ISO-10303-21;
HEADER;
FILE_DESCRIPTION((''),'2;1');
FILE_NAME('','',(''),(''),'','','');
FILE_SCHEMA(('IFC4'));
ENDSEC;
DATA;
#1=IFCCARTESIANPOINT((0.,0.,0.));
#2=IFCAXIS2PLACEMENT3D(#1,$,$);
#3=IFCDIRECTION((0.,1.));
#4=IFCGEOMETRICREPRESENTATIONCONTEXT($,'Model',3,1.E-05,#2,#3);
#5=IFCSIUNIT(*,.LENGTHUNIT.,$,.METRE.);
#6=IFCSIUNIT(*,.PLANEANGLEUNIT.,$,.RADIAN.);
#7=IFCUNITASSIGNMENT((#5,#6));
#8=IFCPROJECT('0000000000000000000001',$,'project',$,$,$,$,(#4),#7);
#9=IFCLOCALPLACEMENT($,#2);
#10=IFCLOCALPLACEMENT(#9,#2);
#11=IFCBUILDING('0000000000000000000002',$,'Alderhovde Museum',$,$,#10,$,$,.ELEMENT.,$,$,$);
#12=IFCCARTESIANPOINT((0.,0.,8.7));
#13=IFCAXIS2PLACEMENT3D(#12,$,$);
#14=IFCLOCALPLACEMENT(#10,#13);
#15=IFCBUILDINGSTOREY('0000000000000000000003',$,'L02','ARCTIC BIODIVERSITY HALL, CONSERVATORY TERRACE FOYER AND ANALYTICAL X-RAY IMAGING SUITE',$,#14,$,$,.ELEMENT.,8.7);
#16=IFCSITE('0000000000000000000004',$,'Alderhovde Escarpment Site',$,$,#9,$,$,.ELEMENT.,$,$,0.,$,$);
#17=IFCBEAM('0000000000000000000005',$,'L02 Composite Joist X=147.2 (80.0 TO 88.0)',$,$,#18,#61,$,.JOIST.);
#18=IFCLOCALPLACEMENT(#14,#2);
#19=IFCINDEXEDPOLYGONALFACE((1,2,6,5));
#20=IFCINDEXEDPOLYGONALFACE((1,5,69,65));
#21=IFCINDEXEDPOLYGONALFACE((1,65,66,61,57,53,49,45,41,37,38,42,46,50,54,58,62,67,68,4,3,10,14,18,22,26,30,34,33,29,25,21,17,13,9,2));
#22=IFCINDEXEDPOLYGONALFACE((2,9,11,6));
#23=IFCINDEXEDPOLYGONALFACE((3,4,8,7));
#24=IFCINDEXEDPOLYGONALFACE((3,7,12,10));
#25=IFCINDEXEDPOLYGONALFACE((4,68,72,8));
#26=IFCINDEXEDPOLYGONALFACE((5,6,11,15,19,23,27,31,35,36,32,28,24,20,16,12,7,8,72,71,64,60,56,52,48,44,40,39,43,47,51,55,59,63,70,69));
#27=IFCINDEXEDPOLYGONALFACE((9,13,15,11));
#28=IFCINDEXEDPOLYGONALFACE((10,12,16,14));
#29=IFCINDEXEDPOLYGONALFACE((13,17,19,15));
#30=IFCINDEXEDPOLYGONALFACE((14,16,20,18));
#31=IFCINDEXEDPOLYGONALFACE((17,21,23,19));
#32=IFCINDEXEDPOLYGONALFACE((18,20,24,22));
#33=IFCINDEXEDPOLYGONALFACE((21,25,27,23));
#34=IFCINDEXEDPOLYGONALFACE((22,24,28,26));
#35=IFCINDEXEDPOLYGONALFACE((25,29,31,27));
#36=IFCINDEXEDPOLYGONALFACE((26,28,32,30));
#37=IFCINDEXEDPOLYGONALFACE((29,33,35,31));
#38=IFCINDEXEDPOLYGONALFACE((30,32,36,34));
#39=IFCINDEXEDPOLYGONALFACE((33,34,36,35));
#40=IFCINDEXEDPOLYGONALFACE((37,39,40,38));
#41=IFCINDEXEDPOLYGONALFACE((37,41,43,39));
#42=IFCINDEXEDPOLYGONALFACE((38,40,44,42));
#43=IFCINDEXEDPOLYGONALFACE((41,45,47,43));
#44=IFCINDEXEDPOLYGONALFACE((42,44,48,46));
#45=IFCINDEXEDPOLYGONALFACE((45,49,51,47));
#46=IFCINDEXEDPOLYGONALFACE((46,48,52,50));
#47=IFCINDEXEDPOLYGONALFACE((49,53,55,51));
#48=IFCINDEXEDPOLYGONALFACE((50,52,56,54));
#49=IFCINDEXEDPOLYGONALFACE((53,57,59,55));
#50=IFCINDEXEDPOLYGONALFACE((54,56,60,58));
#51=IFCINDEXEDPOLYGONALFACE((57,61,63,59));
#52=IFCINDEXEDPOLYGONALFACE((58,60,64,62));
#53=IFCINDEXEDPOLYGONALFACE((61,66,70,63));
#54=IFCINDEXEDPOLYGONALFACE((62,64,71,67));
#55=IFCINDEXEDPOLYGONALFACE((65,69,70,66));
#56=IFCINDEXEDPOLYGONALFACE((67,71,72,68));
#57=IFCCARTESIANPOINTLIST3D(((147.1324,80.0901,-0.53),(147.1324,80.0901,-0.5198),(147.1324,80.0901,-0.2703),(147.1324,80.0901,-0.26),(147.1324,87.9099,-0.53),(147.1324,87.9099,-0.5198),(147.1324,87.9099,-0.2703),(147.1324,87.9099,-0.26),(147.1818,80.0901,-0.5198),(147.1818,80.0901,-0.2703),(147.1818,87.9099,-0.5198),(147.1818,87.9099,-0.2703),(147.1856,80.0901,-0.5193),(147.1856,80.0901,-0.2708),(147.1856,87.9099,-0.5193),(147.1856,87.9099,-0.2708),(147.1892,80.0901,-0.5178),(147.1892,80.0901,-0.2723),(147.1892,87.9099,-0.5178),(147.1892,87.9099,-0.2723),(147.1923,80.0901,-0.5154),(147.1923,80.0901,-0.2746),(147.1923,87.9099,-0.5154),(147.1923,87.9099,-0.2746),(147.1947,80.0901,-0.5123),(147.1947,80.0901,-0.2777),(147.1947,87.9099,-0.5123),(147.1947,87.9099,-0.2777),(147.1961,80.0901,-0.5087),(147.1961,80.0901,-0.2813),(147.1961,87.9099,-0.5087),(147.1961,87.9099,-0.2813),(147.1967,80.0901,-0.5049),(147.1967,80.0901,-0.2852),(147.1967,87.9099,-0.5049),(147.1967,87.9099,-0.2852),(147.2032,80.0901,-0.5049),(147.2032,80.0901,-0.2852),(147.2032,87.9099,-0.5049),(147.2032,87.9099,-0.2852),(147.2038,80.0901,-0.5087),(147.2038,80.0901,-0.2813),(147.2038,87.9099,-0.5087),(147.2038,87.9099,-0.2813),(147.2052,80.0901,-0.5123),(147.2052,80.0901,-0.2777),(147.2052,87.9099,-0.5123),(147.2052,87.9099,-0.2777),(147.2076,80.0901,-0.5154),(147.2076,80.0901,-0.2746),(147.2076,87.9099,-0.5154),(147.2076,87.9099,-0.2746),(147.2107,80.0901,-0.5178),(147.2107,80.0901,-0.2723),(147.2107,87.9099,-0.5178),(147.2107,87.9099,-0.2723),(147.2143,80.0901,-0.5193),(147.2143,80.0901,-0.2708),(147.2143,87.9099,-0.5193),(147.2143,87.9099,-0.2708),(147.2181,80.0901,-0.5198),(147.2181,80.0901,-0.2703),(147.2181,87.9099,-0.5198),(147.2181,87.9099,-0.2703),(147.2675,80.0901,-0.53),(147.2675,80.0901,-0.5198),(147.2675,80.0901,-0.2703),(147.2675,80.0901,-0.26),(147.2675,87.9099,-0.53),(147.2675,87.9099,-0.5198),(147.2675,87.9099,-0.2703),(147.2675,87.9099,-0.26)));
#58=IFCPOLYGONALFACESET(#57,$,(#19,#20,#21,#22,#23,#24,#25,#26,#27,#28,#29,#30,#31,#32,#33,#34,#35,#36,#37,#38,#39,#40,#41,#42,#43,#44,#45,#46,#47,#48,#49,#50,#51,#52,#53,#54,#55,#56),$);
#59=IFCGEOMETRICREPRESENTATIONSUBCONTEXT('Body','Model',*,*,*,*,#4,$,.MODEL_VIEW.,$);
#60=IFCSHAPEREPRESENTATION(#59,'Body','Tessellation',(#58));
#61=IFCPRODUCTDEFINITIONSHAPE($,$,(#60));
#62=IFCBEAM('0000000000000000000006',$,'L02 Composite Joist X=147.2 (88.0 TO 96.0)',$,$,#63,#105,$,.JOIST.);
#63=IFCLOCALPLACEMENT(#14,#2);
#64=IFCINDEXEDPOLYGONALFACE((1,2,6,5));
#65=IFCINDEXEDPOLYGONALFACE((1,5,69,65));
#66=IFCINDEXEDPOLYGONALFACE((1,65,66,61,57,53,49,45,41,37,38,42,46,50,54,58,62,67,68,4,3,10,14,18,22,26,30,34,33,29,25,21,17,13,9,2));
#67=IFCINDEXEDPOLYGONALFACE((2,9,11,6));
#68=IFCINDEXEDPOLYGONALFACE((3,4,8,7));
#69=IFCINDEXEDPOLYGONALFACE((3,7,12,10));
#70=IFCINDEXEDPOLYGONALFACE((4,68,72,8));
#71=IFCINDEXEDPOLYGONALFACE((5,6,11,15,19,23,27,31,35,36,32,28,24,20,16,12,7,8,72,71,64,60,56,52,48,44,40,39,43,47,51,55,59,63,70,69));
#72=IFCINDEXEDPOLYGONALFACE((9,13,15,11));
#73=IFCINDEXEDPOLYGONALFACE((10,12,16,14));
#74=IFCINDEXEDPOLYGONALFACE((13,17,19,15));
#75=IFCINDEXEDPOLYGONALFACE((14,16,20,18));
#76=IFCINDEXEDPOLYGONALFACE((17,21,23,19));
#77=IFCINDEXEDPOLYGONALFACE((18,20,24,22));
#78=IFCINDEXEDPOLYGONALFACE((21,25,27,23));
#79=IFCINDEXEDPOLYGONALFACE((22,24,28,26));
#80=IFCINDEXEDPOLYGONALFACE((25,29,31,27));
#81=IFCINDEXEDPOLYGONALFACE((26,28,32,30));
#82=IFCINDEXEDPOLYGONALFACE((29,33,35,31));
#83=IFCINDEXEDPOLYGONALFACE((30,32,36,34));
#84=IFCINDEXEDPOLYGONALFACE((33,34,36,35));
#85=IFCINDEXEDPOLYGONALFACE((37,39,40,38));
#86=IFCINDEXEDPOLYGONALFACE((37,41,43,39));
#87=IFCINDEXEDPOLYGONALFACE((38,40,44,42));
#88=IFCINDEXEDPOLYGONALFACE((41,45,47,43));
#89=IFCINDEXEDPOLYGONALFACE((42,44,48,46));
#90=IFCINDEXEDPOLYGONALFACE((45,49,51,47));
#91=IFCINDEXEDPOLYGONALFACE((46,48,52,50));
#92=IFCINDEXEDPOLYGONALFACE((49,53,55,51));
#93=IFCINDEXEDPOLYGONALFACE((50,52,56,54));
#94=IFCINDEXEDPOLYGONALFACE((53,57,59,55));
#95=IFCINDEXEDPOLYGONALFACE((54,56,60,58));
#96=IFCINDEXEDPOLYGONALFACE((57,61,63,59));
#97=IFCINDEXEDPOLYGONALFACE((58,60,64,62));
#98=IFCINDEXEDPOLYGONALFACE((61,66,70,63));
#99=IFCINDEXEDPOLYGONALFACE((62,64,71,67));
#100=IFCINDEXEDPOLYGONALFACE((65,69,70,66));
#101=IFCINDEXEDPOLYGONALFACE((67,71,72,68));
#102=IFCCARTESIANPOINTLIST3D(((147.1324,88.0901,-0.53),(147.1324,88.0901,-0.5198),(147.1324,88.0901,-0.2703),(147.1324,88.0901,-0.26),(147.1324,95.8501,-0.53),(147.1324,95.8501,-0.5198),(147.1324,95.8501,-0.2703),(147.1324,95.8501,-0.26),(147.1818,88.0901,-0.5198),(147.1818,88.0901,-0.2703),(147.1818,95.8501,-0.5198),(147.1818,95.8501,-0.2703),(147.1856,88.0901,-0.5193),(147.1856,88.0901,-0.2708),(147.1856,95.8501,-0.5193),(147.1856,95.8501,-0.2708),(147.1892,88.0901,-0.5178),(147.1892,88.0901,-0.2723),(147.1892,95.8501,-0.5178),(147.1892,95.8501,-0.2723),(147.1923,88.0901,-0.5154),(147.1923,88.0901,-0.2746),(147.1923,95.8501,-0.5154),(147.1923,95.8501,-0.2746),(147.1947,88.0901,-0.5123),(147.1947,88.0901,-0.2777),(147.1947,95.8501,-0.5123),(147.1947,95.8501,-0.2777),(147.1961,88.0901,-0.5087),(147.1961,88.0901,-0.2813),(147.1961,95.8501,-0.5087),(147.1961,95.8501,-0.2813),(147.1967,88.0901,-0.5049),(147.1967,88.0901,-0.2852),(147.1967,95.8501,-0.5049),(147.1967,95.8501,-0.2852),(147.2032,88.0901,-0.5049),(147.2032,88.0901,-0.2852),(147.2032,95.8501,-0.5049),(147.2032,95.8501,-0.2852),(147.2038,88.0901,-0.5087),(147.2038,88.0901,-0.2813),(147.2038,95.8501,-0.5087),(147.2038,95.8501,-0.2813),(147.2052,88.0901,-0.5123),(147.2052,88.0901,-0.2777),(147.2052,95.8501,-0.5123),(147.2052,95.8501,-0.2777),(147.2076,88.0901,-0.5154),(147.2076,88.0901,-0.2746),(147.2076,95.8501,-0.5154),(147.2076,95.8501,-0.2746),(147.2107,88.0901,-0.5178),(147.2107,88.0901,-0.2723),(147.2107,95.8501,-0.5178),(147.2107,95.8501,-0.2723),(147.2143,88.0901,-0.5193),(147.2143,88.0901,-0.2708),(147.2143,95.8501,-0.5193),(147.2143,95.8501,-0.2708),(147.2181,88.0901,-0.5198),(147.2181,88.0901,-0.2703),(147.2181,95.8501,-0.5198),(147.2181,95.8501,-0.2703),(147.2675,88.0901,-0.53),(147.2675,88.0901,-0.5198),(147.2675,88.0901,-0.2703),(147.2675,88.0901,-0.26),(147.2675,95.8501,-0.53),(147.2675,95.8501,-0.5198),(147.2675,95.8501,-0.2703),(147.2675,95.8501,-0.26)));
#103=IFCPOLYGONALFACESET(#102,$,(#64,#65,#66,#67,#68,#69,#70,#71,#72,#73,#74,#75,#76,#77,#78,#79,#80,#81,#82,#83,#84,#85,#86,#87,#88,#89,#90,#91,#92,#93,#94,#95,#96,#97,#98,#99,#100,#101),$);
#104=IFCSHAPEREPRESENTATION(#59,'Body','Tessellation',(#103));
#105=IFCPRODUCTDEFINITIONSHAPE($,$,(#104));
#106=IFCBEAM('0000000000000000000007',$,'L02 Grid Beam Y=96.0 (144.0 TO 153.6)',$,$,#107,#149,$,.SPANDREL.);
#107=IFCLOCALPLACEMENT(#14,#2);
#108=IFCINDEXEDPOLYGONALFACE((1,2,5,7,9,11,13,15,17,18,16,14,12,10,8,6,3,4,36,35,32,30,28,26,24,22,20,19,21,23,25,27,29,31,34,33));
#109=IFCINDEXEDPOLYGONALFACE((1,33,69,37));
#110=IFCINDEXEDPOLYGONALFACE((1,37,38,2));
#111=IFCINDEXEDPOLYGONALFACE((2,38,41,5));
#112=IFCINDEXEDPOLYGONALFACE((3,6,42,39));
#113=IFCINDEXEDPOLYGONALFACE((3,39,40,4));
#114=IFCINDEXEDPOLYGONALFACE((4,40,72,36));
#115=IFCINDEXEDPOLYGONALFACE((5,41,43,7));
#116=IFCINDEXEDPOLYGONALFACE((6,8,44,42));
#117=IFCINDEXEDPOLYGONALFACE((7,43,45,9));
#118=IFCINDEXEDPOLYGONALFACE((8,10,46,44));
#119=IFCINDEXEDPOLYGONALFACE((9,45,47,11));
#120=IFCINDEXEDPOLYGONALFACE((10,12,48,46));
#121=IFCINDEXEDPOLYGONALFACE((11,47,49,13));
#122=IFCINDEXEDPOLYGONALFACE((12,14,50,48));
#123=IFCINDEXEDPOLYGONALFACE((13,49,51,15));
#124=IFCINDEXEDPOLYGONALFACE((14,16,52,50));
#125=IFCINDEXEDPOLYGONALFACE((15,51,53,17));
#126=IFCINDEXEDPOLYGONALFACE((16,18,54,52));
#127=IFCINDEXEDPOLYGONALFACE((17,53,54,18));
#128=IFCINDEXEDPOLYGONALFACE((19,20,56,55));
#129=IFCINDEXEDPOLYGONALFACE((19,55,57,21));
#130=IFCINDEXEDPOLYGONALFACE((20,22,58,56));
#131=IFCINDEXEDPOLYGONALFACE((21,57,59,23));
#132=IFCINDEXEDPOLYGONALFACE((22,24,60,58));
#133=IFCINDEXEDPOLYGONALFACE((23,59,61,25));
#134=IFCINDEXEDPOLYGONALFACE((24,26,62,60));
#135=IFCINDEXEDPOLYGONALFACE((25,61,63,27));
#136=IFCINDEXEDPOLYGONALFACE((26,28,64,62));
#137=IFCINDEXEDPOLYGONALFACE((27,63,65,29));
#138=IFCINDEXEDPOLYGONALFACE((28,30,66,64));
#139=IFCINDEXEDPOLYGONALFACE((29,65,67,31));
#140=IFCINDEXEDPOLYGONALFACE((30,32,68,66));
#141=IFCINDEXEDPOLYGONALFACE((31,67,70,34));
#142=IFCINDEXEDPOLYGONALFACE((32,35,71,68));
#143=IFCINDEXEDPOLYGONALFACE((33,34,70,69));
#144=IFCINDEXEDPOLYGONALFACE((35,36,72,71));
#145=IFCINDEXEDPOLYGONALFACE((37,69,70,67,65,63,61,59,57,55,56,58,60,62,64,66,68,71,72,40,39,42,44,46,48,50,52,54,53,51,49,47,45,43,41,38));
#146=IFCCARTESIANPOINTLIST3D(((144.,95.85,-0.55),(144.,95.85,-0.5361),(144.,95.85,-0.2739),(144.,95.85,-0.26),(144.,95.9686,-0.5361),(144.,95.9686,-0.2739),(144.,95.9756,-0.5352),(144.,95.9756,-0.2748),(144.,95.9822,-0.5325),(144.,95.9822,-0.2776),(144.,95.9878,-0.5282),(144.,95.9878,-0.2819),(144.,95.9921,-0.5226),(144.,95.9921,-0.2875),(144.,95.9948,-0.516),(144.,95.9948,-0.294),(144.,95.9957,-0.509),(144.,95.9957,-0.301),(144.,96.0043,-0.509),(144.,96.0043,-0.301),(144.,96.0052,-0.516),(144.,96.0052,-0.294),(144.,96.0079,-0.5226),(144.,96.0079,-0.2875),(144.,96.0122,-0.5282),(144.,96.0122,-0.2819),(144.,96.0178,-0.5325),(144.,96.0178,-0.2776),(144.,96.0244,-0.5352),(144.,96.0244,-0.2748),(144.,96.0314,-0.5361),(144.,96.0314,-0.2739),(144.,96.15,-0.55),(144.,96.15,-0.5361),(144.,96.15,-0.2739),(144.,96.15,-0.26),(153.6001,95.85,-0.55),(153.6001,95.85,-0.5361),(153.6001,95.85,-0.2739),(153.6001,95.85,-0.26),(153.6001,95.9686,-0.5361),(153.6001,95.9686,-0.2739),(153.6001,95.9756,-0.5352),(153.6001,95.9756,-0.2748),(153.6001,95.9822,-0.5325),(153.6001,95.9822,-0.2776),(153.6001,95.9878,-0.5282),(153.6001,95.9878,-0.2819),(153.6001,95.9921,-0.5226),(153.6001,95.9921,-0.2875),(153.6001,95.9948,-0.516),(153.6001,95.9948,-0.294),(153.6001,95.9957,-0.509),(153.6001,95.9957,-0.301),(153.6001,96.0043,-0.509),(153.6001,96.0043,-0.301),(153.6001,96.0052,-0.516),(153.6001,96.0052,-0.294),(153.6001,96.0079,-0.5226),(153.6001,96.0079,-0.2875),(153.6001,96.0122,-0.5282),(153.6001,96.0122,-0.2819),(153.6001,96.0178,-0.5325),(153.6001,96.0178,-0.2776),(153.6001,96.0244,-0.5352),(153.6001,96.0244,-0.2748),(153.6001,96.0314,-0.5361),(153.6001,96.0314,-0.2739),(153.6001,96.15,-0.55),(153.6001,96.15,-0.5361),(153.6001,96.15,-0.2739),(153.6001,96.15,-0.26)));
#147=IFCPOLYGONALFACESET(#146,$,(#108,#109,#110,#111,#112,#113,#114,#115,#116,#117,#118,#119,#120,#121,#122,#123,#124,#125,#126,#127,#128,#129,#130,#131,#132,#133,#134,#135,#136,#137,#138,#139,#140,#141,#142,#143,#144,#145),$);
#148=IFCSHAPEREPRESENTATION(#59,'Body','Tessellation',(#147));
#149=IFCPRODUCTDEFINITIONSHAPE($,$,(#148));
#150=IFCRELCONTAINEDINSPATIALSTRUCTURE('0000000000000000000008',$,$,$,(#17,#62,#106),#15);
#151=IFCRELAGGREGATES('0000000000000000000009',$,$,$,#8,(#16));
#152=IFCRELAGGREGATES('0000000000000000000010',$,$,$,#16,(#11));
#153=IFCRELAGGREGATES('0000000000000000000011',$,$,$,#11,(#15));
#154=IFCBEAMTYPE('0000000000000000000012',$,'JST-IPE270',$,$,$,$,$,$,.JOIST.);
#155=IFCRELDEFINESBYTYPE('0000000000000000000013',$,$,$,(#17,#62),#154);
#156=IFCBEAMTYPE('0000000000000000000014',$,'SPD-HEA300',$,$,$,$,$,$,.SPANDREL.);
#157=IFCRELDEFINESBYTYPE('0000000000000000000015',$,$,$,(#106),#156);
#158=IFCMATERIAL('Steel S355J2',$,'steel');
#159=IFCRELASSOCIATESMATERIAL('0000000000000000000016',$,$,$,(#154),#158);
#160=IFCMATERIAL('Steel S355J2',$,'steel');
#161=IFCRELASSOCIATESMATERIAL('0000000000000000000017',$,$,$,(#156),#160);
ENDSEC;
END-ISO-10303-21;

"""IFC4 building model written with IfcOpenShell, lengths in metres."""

from ifc_helpers import new_model, si_unit, direction, frame, origin, origin_2d, place, context, subcontext, project, spatial, i_section, extrude, material, material_profile, profile_set, type_object, element, save


model = new_model("IFC4")

# Units and contexts
model_context = context("Model", 3, precision=1e-05, world=origin(), true_north=direction((0.0, 1.0)))
body_context = subcontext(model_context, "Body", "Model", "MODEL_VIEW")
ifc_project = project(units=[si_unit("LENGTHUNIT", "METRE"), si_unit("PLANEANGLEUNIT", "RADIAN")], contexts=[model_context])

# Site, building, storey
site_placement = place(None, origin())
site = spatial("IfcSite", under=ifc_project, at=site_placement, Name="Alderhovde Escarpment Site", CompositionType="ELEMENT", RefElevation=0.0)
building_placement = place(site_placement, origin())
building = spatial("IfcBuilding", under=site, at=building_placement, Name="Alderhovde Museum", CompositionType="ELEMENT")
storey_placement = place(building_placement, frame((0.0, 0.0, 8.7)))
storey = spatial("IfcBuildingStorey", under=building, at=storey_placement, Name="L02", Description="ARCTIC BIODIVERSITY HALL, CONSERVATORY TERRACE FOYER AND ANALYTICAL X-RAY IMAGING SUITE", CompositionType="ELEMENT", Elevation=8.7)

# Beams
ifc_material_1 = material(Name="Steel S355J2", Category="steel")
ifc_material_profile_1 = material_profile(ifc_material_1, i_section(OverallWidth=0.135, OverallDepth=0.27, WebThickness=0.0066, FlangeThickness=0.0103, FilletRadius=0.0149, at=origin_2d()), Name="IPE 270")
ifc_profile_set_1 = profile_set([ifc_material_profile_1], Name="Steel S355J2")
beam_type_1 = type_object("IfcBeamType", Name="JST-IPE270", PredefinedType="JOIST", material=ifc_profile_set_1)
for number, where, z_axis, x_axis, name in (
    (1, (147.2, 80.0901, -0.395), (0.0, 1.0, 0.0), (-1.0, 0.0, 0.0), "L02 Composite Joist X=147.2 (80.0 TO 88.0)"),
):
    element("IfcBeam", number, at=place(storey_placement, frame(where, z_axis=z_axis, x_axis=x_axis)), inside=storey, type_object=beam_type_1, Name=name, PredefinedType="JOIST", context=body_context, shape_type="SweptSolid", body=[
        extrude(i_section(OverallWidth=0.135, OverallDepth=0.27, WebThickness=0.0066, FlangeThickness=0.0103, FilletRadius=0.0149, at=origin_2d()), origin(), (0.0, 0.0, 1.0), 7.8198),
    ])
beam_1_placement = place(storey_placement, frame((147.2, 88.0901, -0.395), z_axis=(0.0, 1.0, 0.0), x_axis=(-1.0, 0.0, 0.0)))
element("IfcBeam", 2, at=beam_1_placement, inside=storey, type_object=beam_type_1, Name="L02 Composite Joist X=147.2 (88.0 TO 96.0)", PredefinedType="JOIST", context=body_context, shape_type="SweptSolid", body=[
    extrude(i_section(OverallWidth=0.135, OverallDepth=0.27, WebThickness=0.0066, FlangeThickness=0.0103, FilletRadius=0.0149, at=origin_2d()), origin(), (0.0, 0.0, 1.0), 7.76),
])
ifc_material_2 = material(Name="Steel S355J2", Category="steel")
ifc_material_profile_2 = material_profile(ifc_material_2, i_section(OverallWidth=0.3, OverallDepth=0.29, WebThickness=0.0085, FlangeThickness=0.0139, FilletRadius=0.0271, at=origin_2d()), Name="HEA 300")
ifc_profile_set_2 = profile_set([ifc_material_profile_2], Name="Steel S355J2")
beam_type_2 = type_object("IfcBeamType", Name="SPD-HEA300", PredefinedType="SPANDREL", material=ifc_profile_set_2)
beam_2_placement = place(storey_placement, frame((144.0, 96.0, -0.405), z_axis=(1.0, 0.0, 0.0), x_axis=(0.0, 1.0, 0.0)))
element("IfcBeam", 3, at=beam_2_placement, inside=storey, type_object=beam_type_2, Name="L02 Grid Beam Y=96.0 (144.0 TO 153.6)", PredefinedType="SPANDREL", context=body_context, shape_type="SweptSolid", body=[
    extrude(i_section(OverallWidth=0.3, OverallDepth=0.29, WebThickness=0.0085, FlangeThickness=0.0139, FilletRadius=0.0271, at=origin_2d()), origin(), (0.0, 0.0, 1.0), 9.6001),
])

save(model, "model.ifc")
